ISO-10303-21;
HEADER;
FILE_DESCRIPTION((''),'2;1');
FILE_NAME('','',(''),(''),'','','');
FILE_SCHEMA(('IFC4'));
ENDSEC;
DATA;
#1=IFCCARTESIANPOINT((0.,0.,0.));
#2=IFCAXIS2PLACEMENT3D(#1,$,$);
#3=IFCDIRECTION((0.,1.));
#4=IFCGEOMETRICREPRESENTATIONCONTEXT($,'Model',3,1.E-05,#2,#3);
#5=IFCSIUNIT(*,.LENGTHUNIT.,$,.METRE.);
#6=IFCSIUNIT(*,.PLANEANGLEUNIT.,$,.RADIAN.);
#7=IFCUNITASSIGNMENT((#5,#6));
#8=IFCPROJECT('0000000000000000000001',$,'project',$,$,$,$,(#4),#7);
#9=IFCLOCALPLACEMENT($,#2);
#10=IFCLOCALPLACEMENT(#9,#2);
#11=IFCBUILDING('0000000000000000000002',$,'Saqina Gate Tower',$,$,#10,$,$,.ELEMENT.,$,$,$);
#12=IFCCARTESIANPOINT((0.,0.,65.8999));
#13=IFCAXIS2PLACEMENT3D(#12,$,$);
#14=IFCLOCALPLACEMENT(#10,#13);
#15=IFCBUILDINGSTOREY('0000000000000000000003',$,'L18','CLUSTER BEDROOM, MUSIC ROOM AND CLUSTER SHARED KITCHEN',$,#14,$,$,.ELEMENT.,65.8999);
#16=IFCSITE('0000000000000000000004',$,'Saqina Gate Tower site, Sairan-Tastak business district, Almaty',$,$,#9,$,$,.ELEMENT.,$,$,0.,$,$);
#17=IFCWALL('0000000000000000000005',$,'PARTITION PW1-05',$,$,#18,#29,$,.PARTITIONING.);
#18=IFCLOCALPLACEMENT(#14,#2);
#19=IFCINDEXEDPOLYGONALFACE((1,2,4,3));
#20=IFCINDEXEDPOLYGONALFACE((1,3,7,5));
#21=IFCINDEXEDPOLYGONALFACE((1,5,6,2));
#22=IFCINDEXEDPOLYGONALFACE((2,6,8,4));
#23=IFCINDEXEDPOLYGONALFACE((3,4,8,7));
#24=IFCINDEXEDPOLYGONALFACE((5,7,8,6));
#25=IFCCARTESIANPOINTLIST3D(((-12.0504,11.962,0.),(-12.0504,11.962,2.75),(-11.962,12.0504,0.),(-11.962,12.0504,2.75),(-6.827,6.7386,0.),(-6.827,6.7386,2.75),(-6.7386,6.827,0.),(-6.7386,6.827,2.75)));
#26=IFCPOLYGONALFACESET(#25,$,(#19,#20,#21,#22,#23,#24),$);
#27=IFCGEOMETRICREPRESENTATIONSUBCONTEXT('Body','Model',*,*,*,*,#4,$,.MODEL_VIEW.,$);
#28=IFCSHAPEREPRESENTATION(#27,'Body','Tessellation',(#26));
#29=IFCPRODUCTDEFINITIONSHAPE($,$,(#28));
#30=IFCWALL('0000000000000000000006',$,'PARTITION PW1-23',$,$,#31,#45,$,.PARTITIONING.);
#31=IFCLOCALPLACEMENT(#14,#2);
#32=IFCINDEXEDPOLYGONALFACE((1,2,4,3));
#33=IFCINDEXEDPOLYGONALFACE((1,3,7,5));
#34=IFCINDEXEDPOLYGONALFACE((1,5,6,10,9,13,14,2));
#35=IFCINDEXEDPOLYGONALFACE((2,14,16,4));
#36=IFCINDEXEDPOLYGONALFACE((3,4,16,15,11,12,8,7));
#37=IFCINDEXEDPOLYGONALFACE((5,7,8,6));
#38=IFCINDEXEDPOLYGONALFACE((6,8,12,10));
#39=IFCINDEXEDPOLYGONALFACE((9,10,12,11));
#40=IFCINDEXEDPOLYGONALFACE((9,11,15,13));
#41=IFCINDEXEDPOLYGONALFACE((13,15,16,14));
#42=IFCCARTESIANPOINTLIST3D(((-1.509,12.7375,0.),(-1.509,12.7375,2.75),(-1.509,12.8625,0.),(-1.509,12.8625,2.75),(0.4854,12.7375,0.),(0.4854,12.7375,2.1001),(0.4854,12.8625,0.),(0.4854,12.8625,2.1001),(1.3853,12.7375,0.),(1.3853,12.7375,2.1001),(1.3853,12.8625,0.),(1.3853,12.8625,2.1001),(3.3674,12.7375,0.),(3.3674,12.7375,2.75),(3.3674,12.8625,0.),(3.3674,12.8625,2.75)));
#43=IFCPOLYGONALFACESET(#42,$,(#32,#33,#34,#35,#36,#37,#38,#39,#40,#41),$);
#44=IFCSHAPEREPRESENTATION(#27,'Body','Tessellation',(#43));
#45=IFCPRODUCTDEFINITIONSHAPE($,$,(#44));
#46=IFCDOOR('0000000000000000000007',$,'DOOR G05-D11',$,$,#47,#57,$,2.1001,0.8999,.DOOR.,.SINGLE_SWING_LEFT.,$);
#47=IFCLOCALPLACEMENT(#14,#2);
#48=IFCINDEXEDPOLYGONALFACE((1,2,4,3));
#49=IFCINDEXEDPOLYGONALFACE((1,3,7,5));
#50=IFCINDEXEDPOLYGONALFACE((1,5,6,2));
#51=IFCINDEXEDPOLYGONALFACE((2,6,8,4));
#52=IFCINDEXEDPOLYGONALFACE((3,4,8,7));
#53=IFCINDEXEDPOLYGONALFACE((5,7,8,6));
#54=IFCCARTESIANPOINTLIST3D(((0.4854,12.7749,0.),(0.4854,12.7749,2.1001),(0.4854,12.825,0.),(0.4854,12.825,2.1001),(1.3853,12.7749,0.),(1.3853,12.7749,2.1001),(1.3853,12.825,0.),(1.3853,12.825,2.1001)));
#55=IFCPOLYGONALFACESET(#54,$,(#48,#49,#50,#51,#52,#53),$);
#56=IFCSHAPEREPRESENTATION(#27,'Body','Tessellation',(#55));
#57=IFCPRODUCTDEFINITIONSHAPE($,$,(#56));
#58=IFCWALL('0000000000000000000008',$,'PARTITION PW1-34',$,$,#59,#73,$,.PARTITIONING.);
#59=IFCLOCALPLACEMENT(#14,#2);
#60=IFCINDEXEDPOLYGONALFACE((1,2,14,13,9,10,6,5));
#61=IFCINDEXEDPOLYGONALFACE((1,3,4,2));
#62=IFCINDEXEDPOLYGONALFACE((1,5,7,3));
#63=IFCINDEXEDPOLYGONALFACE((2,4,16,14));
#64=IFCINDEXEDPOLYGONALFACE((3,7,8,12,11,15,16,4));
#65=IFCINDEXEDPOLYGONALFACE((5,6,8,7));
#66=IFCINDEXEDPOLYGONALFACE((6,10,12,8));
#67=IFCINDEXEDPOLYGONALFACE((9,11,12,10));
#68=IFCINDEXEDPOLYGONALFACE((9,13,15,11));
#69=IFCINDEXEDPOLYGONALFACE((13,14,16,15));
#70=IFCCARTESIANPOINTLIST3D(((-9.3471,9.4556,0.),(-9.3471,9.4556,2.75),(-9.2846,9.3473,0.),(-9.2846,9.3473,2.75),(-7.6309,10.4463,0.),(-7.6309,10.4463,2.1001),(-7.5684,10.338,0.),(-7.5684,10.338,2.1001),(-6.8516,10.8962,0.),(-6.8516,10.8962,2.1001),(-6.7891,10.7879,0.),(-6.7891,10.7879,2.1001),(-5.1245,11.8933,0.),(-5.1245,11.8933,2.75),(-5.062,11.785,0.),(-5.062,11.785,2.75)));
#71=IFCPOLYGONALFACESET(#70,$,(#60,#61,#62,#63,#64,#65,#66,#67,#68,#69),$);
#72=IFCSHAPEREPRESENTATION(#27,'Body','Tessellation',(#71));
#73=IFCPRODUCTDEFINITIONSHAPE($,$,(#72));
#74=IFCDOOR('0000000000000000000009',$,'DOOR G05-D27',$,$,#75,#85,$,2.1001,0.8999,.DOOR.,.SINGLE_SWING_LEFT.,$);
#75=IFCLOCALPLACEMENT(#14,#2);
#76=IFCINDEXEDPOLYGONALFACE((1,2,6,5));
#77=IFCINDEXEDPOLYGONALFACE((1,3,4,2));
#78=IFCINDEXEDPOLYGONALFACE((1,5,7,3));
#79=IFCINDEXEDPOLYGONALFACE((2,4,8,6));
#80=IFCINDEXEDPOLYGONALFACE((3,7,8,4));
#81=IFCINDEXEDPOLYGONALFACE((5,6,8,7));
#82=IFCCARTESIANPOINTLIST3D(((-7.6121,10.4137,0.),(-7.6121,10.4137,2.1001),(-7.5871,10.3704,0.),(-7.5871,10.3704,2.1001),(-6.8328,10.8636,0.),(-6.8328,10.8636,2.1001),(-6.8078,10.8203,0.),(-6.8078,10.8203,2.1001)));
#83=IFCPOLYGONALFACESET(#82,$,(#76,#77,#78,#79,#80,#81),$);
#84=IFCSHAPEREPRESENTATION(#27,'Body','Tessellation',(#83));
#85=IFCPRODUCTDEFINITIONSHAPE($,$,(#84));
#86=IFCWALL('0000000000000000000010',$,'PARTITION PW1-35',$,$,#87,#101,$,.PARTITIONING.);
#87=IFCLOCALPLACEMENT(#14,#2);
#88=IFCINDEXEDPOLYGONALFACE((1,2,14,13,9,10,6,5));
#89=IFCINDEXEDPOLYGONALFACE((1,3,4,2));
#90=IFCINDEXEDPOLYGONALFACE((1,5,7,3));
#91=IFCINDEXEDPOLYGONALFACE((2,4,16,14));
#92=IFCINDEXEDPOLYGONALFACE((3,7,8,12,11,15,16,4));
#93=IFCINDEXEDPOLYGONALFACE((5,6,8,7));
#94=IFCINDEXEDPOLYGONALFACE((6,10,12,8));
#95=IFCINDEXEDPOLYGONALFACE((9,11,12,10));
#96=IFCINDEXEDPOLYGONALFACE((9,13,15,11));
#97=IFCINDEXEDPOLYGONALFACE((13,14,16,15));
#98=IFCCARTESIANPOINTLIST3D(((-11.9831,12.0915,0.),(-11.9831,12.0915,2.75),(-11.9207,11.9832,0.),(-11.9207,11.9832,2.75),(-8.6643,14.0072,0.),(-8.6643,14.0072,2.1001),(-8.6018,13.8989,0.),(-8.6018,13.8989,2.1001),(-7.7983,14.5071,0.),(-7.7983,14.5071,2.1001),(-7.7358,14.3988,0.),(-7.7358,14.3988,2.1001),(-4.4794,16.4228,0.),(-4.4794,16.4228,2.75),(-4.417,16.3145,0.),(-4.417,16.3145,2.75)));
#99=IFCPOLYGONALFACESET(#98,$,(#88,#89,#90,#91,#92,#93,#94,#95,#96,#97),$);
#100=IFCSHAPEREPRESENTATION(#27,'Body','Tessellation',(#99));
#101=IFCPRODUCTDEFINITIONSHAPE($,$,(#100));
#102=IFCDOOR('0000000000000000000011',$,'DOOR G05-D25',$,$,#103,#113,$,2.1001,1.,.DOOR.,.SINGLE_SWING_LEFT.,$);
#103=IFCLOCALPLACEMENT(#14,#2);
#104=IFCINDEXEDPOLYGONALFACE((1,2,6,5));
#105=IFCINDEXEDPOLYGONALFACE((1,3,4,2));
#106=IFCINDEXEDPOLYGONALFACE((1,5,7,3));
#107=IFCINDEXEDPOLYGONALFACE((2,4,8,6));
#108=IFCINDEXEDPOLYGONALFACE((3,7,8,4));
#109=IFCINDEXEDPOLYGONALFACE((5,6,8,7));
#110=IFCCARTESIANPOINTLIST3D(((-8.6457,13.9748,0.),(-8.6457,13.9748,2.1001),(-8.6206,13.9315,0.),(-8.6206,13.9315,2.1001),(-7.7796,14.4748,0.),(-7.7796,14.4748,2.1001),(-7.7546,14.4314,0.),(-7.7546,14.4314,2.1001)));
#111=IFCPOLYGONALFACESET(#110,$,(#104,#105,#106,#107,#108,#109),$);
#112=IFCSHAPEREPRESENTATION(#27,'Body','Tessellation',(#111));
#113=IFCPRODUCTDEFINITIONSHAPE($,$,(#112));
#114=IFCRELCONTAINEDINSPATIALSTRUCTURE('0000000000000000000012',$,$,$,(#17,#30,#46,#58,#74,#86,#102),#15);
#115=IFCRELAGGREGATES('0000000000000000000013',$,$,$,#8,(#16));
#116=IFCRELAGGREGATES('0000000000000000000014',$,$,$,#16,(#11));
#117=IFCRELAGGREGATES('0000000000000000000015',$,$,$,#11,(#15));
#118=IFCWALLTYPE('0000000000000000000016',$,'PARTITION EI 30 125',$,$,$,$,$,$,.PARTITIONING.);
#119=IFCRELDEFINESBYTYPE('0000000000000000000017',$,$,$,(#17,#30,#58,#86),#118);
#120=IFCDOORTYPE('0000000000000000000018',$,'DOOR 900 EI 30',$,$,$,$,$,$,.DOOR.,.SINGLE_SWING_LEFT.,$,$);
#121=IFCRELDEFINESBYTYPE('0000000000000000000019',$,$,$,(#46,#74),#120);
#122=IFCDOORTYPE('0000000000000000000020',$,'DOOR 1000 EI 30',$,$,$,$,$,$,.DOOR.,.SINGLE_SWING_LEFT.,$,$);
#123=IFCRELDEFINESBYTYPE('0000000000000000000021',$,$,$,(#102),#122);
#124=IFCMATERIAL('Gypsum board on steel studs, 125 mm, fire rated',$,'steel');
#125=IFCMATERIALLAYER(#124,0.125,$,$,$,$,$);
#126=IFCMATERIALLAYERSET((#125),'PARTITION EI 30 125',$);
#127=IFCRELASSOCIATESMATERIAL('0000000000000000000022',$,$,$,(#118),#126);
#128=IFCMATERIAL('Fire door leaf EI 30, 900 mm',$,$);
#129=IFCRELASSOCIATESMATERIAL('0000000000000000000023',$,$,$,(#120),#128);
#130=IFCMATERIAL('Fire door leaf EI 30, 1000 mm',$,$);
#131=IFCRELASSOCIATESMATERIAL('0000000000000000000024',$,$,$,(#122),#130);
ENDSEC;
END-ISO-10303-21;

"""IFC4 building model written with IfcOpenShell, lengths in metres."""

from ifc_helpers import new_model, si_unit, direction, frame, frame_2d, origin, place, context, subcontext, project, spatial, rectangle, extrude, material, layer, layer_set, type_object, element, fill, save


model = new_model("IFC4")

# Units and contexts
model_context = context("Model", 3, precision=1e-05, world=origin(), true_north=direction((0.0, 1.0)))
body_context = subcontext(model_context, "Body", "Model", "MODEL_VIEW")
ifc_project = project(units=[si_unit("LENGTHUNIT", "METRE"), si_unit("PLANEANGLEUNIT", "RADIAN")], contexts=[model_context])

# Site, building, storey
site_placement = place(None, origin())
site = spatial("IfcSite", under=ifc_project, at=site_placement, Name="Saqina Gate Tower site, Sairan-Tastak business district, Almaty", CompositionType="ELEMENT", RefElevation=0.0)
building_placement = place(site_placement, origin())
building = spatial("IfcBuilding", under=site, at=building_placement, Name="Saqina Gate Tower", CompositionType="ELEMENT")
storey_placement = place(building_placement, frame((0.0, 0.0, 65.8999)))
storey = spatial("IfcBuildingStorey", under=building, at=storey_placement, Name="L18", Description="CLUSTER BEDROOM, MUSIC ROOM AND CLUSTER SHARED KITCHEN", CompositionType="ELEMENT", Elevation=65.8999)

# Wall
ifc_material_1 = material(Name="Gypsum board on steel studs, 125 mm, fire rated", Category="steel")
ifc_layer_1 = layer(ifc_material_1, 0.125)
ifc_layer_set_1 = layer_set([ifc_layer_1], Name="PARTITION EI 30 125")
wall_type_1 = type_object("IfcWallType", Name="PARTITION EI 30 125", PredefinedType="PARTITIONING", material=ifc_layer_set_1)
wall_1_placement = place(storey_placement, frame((-12.0061, 12.0061, 0.0), z_axis=(0.0, 0.0, 1.0), x_axis=(0.707107, -0.707107, 0.0)))
element("IfcWall", 1, at=wall_1_placement, inside=storey, type_object=wall_type_1, Name="PARTITION PW1-05", PredefinedType="PARTITIONING", context=body_context, shape_type="SweptSolid", body=[
    extrude(rectangle(XDim=7.387, YDim=0.125, at=frame_2d((3.6934, 0.0))), origin(), (0.0, 0.0, 1.0), 2.75),
])

# Walls, openings, doors
wall_2_placement = place(storey_placement, frame((-1.509, 12.8, 0.0), z_axis=(0.0, 0.0, 1.0), x_axis=(1.0, 0.0, 0.0)))
wall_2 = element("IfcWall", 2, at=wall_2_placement, inside=storey, type_object=wall_type_1, Name="PARTITION PW1-23", PredefinedType="PARTITIONING", context=body_context, shape_type="SweptSolid", body=[
    extrude(rectangle(XDim=4.8765, YDim=0.125, at=frame_2d((2.4382, 0.0))), origin(), (0.0, 0.0, 1.0), 2.75),
])
opening_1_placement = place(wall_2_placement, frame((1.9944, 0.0, 0.0)))
opening_1 = element("IfcOpeningElement", 3, at=opening_1_placement, cuts=wall_2, PredefinedType="OPENING", context=body_context, shape_type="SweptSolid", body=[
    extrude(rectangle(XDim=0.8999, YDim=2.1001, at=frame_2d((0.45, 1.05))), frame((0.0, 0.0745, 0.0), z_axis=(0.0, -1.0, 0.0), x_axis=(1.0, 0.0, 0.0)), (0.0, 0.0, 1.0), 0.1489),
])
ifc_material_2 = material(Name="Fire door leaf EI 30, 900 mm")
door_type_1 = type_object("IfcDoorType", Name="DOOR 900 EI 30", OperationType="SINGLE_SWING_LEFT", PredefinedType="DOOR", material=ifc_material_2)
door_1_placement = place(opening_1_placement, origin())
door_1 = element("IfcDoor", 4, at=door_1_placement, inside=storey, type_object=door_type_1, Name="DOOR G05-D11", OperationType="SINGLE_SWING_LEFT", OverallHeight=2.1001, OverallWidth=0.8999, PredefinedType="DOOR", context=body_context, shape_type="SweptSolid", body=[
    extrude(rectangle(XDim=0.8999, YDim=2.1001, at=frame_2d((0.45, 1.05))), frame((0.0, 0.0249, 0.0), z_axis=(0.0, -1.0, 0.0), x_axis=(1.0, 0.0, 0.0)), (0.0, 0.0, 1.0), 0.05),
])
fill(opening_1, door_1)
wall_3_placement = place(storey_placement, frame((-9.3159, 9.4014, 0.0), z_axis=(0.0, 0.0, 1.0), x_axis=(0.866044, 0.499968, 0.0)))
wall_3 = element("IfcWall", 5, at=wall_3_placement, inside=storey, type_object=wall_type_1, Name="PARTITION PW1-34", PredefinedType="PARTITIONING", context=body_context, shape_type="SweptSolid", body=[
    extrude(rectangle(XDim=4.8757, YDim=0.125, at=frame_2d((2.438, 0.0))), origin(), (0.0, 0.0, 1.0), 2.75),
])
opening_2_placement = place(wall_3_placement, frame((1.9817, 0.0, 0.0)))
opening_2 = element("IfcOpeningElement", 6, at=opening_2_placement, cuts=wall_3, PredefinedType="OPENING", context=body_context, shape_type="SweptSolid", body=[
    extrude(rectangle(XDim=0.8999, YDim=2.1001, at=frame_2d((0.45, 1.05))), frame((0.0, 0.0745, 0.0), z_axis=(0.0, -1.0, 0.0), x_axis=(1.0, 0.0, 0.0)), (0.0, 0.0, 1.0), 0.1489),
])
door_2_placement = place(opening_2_placement, origin())
door_2 = element("IfcDoor", 7, at=door_2_placement, inside=storey, type_object=door_type_1, Name="DOOR G05-D27", OperationType="SINGLE_SWING_LEFT", OverallHeight=2.1001, OverallWidth=0.8999, PredefinedType="DOOR", context=body_context, shape_type="SweptSolid", body=[
    extrude(rectangle(XDim=0.8999, YDim=2.1001, at=frame_2d((0.45, 1.05))), frame((0.0, 0.0249, 0.0), z_axis=(0.0, -1.0, 0.0), x_axis=(1.0, 0.0, 0.0)), (0.0, 0.0, 1.0), 0.05),
])
fill(opening_2, door_2)
wall_4_placement = place(storey_placement, frame((-11.9519, 12.0374, 0.0), z_axis=(0.0, 0.0, 1.0), x_axis=(0.866073, 0.499918, 0.0)))
wall_4 = element("IfcWall", 8, at=wall_4_placement, inside=storey, type_object=wall_type_1, Name="PARTITION PW1-35", PredefinedType="PARTITIONING", context=body_context, shape_type="SweptSolid", body=[
    extrude(rectangle(XDim=8.6641, YDim=0.125, at=frame_2d((4.332, 0.0))), origin(), (0.0, 0.0, 1.0), 2.75),
])
opening_3_placement = place(wall_4_placement, frame((3.832, 0.0, 0.0)))
opening_3 = element("IfcOpeningElement", 9, at=opening_3_placement, cuts=wall_4, PredefinedType="OPENING", context=body_context, shape_type="SweptSolid", body=[
    extrude(rectangle(XDim=1.0, YDim=2.1001, at=frame_2d((0.5, 1.05))), frame((0.0, 0.0745, 0.0), z_axis=(0.0, -1.0, 0.0), x_axis=(1.0, 0.0, 0.0)), (0.0, 0.0, 1.0), 0.1489),
])
ifc_material_3 = material(Name="Fire door leaf EI 30, 1000 mm")
door_type_2 = type_object("IfcDoorType", Name="DOOR 1000 EI 30", OperationType="SINGLE_SWING_LEFT", PredefinedType="DOOR", material=ifc_material_3)
door_3_placement = place(opening_3_placement, frame((1.0, 0.0, 0.0), z_axis=(0.0, 0.0, 1.0), x_axis=(-1.0, 0.0, 0.0)))
door_3 = element("IfcDoor", 10, at=door_3_placement, inside=storey, type_object=door_type_2, Name="DOOR G05-D25", OperationType="SINGLE_SWING_LEFT", OverallHeight=2.1001, OverallWidth=1.0, PredefinedType="DOOR", context=body_context, shape_type="SweptSolid", body=[
    extrude(rectangle(XDim=1.0, YDim=2.1001, at=frame_2d((0.5, 1.05))), frame((0.0, 0.0249, 0.0), z_axis=(0.0, -1.0, 0.0), x_axis=(1.0, 0.0, 0.0)), (0.0, 0.0, 1.0), 0.05),
])
fill(opening_3, door_3)

save(model, "model.ifc")
